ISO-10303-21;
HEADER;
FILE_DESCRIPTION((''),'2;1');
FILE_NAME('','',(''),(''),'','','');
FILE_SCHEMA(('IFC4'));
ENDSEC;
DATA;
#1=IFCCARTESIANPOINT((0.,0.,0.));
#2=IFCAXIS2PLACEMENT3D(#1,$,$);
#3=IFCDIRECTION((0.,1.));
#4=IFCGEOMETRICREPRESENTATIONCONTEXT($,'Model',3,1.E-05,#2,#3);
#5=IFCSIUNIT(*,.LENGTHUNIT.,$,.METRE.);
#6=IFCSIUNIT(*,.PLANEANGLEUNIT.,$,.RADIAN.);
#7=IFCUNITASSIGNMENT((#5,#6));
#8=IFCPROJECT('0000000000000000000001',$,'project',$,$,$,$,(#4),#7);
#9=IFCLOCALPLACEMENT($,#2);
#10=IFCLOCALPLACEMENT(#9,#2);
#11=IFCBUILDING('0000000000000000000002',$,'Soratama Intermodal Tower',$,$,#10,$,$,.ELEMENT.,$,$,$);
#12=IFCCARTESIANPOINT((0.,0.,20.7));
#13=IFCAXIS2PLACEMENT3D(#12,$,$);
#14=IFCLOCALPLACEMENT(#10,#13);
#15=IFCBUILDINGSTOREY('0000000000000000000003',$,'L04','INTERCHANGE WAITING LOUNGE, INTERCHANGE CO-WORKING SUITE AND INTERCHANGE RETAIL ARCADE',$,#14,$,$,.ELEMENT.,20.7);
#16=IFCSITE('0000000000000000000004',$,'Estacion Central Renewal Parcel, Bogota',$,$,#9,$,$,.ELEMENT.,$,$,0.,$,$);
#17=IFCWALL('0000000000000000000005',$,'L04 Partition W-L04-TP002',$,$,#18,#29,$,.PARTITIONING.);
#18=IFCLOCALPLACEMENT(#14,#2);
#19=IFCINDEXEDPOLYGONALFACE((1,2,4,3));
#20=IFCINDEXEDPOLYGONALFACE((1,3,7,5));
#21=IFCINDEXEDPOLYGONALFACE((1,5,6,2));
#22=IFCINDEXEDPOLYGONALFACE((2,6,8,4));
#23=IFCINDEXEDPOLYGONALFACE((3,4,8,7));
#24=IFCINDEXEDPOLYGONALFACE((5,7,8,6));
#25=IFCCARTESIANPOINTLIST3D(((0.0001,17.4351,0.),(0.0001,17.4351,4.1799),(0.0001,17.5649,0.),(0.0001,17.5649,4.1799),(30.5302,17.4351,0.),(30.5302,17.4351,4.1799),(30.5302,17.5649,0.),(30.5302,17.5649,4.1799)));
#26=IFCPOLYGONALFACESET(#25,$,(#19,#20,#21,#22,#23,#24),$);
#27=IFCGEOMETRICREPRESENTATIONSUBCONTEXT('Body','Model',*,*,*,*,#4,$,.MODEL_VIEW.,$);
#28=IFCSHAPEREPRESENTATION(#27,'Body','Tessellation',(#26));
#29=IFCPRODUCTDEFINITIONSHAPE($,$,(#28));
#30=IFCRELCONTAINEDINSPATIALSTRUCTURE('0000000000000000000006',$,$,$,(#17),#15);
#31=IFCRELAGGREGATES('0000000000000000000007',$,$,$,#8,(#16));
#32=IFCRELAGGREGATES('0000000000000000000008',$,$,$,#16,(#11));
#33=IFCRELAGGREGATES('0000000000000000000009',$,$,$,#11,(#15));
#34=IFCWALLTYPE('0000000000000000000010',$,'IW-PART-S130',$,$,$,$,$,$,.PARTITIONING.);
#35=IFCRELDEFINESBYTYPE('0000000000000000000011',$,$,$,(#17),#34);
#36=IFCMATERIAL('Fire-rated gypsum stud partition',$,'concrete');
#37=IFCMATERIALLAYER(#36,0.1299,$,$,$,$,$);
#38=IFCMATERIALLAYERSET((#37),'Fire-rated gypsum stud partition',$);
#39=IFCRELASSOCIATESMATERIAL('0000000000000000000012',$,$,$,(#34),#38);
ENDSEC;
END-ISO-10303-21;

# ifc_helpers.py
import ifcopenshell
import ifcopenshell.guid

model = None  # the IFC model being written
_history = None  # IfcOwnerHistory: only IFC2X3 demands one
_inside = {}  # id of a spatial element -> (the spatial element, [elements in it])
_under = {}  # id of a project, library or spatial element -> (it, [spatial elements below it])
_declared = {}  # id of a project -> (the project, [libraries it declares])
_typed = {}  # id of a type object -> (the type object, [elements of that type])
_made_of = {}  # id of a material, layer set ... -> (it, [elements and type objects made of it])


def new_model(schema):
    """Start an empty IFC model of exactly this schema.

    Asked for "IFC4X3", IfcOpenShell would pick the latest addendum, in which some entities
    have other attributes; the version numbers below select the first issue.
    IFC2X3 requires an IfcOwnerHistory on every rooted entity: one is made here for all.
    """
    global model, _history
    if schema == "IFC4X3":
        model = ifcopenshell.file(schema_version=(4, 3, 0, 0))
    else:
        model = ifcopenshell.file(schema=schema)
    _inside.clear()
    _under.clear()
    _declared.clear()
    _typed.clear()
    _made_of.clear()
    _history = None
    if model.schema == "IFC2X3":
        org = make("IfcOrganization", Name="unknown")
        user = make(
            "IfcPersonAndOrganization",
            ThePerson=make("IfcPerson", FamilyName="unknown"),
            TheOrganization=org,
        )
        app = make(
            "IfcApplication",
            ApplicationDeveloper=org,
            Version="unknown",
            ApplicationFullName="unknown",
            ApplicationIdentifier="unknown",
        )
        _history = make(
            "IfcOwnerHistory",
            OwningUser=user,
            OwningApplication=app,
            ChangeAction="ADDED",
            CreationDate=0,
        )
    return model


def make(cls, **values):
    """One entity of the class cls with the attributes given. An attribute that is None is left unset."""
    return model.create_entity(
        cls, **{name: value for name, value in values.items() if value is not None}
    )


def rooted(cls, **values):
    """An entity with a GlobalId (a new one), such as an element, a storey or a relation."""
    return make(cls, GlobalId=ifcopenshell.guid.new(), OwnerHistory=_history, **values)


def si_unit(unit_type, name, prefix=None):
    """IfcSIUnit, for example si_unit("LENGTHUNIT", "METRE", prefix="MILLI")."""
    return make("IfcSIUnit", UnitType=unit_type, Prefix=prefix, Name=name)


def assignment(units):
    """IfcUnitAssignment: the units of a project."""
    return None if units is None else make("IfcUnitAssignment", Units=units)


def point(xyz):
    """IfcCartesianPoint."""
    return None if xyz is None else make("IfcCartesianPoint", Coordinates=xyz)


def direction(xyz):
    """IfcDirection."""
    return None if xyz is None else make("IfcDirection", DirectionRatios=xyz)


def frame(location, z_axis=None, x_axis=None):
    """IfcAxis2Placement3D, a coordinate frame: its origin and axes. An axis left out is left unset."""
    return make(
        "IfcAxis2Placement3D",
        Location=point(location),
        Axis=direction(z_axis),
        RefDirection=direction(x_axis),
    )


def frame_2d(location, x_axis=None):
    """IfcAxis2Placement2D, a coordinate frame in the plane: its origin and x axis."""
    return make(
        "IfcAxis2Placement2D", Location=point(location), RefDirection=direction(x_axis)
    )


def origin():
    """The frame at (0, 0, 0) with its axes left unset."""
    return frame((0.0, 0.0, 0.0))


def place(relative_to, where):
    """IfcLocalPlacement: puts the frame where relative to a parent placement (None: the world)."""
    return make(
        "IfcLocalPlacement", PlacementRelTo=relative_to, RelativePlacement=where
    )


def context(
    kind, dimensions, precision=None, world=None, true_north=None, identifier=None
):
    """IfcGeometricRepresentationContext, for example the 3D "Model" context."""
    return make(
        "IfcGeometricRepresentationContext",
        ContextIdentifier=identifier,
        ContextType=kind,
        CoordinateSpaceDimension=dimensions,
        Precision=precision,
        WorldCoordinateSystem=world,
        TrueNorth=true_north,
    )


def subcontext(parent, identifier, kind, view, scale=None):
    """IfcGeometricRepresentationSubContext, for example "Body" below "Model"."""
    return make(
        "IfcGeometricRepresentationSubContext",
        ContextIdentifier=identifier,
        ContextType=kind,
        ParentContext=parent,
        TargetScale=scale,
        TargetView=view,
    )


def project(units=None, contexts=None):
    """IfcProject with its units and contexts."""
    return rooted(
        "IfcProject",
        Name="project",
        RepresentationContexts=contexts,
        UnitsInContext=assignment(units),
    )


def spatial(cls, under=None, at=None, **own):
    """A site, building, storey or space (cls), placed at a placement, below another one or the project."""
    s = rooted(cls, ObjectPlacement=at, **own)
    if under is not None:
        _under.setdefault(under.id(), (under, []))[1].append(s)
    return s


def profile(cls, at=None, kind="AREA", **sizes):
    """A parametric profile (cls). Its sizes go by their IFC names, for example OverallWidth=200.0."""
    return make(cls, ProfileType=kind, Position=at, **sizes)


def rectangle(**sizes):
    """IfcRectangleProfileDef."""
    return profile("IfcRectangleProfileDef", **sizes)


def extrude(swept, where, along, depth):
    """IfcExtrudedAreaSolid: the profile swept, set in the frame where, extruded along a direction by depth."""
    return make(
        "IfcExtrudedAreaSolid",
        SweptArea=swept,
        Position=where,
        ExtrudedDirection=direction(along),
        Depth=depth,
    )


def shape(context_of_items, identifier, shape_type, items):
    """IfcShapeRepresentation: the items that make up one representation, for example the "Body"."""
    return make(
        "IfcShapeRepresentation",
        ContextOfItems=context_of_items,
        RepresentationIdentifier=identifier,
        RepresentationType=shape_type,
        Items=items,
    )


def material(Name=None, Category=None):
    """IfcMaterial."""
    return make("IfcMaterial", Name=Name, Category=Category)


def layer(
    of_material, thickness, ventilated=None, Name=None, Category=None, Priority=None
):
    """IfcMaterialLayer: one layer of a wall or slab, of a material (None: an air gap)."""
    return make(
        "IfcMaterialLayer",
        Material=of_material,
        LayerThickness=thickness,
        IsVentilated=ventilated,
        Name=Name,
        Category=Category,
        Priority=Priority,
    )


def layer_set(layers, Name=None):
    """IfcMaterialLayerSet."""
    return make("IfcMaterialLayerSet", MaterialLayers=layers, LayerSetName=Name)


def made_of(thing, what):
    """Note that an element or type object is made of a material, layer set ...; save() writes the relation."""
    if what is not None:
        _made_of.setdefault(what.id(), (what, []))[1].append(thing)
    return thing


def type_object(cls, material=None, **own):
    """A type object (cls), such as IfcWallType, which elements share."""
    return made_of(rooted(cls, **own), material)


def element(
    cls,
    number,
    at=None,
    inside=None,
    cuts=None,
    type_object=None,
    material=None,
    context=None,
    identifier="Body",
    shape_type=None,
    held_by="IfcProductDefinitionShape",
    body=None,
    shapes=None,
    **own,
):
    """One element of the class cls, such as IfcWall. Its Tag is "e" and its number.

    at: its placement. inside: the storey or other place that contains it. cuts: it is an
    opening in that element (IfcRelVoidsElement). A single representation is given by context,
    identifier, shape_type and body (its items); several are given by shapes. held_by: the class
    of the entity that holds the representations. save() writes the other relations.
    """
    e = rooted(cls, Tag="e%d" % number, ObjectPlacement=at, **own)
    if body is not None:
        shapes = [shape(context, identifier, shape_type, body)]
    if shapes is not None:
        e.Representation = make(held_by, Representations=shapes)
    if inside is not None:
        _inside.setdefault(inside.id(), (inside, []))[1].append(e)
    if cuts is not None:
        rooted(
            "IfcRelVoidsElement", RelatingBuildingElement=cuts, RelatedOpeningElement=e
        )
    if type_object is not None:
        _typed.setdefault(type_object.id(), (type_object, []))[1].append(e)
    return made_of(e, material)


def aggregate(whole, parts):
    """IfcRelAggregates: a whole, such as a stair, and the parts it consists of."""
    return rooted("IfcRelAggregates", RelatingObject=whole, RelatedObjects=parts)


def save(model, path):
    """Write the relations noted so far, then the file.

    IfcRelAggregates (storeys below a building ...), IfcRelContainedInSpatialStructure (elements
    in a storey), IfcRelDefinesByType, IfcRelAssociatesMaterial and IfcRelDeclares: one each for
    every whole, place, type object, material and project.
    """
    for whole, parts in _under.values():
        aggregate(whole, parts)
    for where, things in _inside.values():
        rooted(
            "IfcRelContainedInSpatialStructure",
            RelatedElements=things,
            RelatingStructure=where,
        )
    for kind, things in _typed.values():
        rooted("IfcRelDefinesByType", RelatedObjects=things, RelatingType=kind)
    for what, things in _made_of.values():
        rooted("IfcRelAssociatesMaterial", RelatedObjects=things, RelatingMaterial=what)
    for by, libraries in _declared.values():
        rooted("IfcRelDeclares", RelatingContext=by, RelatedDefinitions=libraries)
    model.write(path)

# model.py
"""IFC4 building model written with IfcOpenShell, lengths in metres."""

from ifc_helpers import new_model, si_unit, direction, frame, frame_2d, origin, place, context, subcontext, project, spatial, rectangle, extrude, material, layer, layer_set, type_object, element, save


model = new_model("IFC4")

# Units and contexts
model_context = context("Model", 3, precision=1e-05, world=origin(), true_north=direction((0.0, 1.0)))
body_context = subcontext(model_context, "Body", "Model", "MODEL_VIEW")
ifc_project = project(units=[si_unit("LENGTHUNIT", "METRE"), si_unit("PLANEANGLEUNIT", "RADIAN")], contexts=[model_context])

# Site, building, storey
site_placement = place(None, origin())
site = spatial("IfcSite", under=ifc_project, at=site_placement, Name="Estacion Central Renewal Parcel, Bogota", CompositionType="ELEMENT", RefElevation=0.0)
building_placement = place(site_placement, origin())
building = spatial("IfcBuilding", under=site, at=building_placement, Name="Soratama Intermodal Tower", CompositionType="ELEMENT")
storey_placement = place(building_placement, frame((0.0, 0.0, 20.7)))
storey = spatial("IfcBuildingStorey", under=building, at=storey_placement, Name="L04", Description="INTERCHANGE WAITING LOUNGE, INTERCHANGE CO-WORKING SUITE AND INTERCHANGE RETAIL ARCADE", CompositionType="ELEMENT", Elevation=20.7)

# Wall
ifc_material_1 = material(Name="Fire-rated gypsum stud partition", Category="concrete")
ifc_layer_1 = layer(ifc_material_1, 0.1299)
ifc_layer_set_1 = layer_set([ifc_layer_1], Name="Fire-rated gypsum stud partition")
wall_type = type_object("IfcWallType", Name="IW-PART-S130", PredefinedType="PARTITIONING", material=ifc_layer_set_1)
wall_placement = place(storey_placement, frame((0.0, 17.5, 0.0), z_axis=(0.0, 0.0, 1.0), x_axis=(1.0, 0.0, 0.0)))
element("IfcWall", 1, at=wall_placement, inside=storey, type_object=wall_type, Name="L04 Partition W-L04-TP002", PredefinedType="PARTITIONING", context=body_context, shape_type="SweptSolid", body=[
    extrude(rectangle(XDim=30.53, YDim=0.1299, at=frame_2d((15.2651, 0.0))), origin(), (0.0, 0.0, 1.0), 4.1799),
])

save(model, "model.ifc")
